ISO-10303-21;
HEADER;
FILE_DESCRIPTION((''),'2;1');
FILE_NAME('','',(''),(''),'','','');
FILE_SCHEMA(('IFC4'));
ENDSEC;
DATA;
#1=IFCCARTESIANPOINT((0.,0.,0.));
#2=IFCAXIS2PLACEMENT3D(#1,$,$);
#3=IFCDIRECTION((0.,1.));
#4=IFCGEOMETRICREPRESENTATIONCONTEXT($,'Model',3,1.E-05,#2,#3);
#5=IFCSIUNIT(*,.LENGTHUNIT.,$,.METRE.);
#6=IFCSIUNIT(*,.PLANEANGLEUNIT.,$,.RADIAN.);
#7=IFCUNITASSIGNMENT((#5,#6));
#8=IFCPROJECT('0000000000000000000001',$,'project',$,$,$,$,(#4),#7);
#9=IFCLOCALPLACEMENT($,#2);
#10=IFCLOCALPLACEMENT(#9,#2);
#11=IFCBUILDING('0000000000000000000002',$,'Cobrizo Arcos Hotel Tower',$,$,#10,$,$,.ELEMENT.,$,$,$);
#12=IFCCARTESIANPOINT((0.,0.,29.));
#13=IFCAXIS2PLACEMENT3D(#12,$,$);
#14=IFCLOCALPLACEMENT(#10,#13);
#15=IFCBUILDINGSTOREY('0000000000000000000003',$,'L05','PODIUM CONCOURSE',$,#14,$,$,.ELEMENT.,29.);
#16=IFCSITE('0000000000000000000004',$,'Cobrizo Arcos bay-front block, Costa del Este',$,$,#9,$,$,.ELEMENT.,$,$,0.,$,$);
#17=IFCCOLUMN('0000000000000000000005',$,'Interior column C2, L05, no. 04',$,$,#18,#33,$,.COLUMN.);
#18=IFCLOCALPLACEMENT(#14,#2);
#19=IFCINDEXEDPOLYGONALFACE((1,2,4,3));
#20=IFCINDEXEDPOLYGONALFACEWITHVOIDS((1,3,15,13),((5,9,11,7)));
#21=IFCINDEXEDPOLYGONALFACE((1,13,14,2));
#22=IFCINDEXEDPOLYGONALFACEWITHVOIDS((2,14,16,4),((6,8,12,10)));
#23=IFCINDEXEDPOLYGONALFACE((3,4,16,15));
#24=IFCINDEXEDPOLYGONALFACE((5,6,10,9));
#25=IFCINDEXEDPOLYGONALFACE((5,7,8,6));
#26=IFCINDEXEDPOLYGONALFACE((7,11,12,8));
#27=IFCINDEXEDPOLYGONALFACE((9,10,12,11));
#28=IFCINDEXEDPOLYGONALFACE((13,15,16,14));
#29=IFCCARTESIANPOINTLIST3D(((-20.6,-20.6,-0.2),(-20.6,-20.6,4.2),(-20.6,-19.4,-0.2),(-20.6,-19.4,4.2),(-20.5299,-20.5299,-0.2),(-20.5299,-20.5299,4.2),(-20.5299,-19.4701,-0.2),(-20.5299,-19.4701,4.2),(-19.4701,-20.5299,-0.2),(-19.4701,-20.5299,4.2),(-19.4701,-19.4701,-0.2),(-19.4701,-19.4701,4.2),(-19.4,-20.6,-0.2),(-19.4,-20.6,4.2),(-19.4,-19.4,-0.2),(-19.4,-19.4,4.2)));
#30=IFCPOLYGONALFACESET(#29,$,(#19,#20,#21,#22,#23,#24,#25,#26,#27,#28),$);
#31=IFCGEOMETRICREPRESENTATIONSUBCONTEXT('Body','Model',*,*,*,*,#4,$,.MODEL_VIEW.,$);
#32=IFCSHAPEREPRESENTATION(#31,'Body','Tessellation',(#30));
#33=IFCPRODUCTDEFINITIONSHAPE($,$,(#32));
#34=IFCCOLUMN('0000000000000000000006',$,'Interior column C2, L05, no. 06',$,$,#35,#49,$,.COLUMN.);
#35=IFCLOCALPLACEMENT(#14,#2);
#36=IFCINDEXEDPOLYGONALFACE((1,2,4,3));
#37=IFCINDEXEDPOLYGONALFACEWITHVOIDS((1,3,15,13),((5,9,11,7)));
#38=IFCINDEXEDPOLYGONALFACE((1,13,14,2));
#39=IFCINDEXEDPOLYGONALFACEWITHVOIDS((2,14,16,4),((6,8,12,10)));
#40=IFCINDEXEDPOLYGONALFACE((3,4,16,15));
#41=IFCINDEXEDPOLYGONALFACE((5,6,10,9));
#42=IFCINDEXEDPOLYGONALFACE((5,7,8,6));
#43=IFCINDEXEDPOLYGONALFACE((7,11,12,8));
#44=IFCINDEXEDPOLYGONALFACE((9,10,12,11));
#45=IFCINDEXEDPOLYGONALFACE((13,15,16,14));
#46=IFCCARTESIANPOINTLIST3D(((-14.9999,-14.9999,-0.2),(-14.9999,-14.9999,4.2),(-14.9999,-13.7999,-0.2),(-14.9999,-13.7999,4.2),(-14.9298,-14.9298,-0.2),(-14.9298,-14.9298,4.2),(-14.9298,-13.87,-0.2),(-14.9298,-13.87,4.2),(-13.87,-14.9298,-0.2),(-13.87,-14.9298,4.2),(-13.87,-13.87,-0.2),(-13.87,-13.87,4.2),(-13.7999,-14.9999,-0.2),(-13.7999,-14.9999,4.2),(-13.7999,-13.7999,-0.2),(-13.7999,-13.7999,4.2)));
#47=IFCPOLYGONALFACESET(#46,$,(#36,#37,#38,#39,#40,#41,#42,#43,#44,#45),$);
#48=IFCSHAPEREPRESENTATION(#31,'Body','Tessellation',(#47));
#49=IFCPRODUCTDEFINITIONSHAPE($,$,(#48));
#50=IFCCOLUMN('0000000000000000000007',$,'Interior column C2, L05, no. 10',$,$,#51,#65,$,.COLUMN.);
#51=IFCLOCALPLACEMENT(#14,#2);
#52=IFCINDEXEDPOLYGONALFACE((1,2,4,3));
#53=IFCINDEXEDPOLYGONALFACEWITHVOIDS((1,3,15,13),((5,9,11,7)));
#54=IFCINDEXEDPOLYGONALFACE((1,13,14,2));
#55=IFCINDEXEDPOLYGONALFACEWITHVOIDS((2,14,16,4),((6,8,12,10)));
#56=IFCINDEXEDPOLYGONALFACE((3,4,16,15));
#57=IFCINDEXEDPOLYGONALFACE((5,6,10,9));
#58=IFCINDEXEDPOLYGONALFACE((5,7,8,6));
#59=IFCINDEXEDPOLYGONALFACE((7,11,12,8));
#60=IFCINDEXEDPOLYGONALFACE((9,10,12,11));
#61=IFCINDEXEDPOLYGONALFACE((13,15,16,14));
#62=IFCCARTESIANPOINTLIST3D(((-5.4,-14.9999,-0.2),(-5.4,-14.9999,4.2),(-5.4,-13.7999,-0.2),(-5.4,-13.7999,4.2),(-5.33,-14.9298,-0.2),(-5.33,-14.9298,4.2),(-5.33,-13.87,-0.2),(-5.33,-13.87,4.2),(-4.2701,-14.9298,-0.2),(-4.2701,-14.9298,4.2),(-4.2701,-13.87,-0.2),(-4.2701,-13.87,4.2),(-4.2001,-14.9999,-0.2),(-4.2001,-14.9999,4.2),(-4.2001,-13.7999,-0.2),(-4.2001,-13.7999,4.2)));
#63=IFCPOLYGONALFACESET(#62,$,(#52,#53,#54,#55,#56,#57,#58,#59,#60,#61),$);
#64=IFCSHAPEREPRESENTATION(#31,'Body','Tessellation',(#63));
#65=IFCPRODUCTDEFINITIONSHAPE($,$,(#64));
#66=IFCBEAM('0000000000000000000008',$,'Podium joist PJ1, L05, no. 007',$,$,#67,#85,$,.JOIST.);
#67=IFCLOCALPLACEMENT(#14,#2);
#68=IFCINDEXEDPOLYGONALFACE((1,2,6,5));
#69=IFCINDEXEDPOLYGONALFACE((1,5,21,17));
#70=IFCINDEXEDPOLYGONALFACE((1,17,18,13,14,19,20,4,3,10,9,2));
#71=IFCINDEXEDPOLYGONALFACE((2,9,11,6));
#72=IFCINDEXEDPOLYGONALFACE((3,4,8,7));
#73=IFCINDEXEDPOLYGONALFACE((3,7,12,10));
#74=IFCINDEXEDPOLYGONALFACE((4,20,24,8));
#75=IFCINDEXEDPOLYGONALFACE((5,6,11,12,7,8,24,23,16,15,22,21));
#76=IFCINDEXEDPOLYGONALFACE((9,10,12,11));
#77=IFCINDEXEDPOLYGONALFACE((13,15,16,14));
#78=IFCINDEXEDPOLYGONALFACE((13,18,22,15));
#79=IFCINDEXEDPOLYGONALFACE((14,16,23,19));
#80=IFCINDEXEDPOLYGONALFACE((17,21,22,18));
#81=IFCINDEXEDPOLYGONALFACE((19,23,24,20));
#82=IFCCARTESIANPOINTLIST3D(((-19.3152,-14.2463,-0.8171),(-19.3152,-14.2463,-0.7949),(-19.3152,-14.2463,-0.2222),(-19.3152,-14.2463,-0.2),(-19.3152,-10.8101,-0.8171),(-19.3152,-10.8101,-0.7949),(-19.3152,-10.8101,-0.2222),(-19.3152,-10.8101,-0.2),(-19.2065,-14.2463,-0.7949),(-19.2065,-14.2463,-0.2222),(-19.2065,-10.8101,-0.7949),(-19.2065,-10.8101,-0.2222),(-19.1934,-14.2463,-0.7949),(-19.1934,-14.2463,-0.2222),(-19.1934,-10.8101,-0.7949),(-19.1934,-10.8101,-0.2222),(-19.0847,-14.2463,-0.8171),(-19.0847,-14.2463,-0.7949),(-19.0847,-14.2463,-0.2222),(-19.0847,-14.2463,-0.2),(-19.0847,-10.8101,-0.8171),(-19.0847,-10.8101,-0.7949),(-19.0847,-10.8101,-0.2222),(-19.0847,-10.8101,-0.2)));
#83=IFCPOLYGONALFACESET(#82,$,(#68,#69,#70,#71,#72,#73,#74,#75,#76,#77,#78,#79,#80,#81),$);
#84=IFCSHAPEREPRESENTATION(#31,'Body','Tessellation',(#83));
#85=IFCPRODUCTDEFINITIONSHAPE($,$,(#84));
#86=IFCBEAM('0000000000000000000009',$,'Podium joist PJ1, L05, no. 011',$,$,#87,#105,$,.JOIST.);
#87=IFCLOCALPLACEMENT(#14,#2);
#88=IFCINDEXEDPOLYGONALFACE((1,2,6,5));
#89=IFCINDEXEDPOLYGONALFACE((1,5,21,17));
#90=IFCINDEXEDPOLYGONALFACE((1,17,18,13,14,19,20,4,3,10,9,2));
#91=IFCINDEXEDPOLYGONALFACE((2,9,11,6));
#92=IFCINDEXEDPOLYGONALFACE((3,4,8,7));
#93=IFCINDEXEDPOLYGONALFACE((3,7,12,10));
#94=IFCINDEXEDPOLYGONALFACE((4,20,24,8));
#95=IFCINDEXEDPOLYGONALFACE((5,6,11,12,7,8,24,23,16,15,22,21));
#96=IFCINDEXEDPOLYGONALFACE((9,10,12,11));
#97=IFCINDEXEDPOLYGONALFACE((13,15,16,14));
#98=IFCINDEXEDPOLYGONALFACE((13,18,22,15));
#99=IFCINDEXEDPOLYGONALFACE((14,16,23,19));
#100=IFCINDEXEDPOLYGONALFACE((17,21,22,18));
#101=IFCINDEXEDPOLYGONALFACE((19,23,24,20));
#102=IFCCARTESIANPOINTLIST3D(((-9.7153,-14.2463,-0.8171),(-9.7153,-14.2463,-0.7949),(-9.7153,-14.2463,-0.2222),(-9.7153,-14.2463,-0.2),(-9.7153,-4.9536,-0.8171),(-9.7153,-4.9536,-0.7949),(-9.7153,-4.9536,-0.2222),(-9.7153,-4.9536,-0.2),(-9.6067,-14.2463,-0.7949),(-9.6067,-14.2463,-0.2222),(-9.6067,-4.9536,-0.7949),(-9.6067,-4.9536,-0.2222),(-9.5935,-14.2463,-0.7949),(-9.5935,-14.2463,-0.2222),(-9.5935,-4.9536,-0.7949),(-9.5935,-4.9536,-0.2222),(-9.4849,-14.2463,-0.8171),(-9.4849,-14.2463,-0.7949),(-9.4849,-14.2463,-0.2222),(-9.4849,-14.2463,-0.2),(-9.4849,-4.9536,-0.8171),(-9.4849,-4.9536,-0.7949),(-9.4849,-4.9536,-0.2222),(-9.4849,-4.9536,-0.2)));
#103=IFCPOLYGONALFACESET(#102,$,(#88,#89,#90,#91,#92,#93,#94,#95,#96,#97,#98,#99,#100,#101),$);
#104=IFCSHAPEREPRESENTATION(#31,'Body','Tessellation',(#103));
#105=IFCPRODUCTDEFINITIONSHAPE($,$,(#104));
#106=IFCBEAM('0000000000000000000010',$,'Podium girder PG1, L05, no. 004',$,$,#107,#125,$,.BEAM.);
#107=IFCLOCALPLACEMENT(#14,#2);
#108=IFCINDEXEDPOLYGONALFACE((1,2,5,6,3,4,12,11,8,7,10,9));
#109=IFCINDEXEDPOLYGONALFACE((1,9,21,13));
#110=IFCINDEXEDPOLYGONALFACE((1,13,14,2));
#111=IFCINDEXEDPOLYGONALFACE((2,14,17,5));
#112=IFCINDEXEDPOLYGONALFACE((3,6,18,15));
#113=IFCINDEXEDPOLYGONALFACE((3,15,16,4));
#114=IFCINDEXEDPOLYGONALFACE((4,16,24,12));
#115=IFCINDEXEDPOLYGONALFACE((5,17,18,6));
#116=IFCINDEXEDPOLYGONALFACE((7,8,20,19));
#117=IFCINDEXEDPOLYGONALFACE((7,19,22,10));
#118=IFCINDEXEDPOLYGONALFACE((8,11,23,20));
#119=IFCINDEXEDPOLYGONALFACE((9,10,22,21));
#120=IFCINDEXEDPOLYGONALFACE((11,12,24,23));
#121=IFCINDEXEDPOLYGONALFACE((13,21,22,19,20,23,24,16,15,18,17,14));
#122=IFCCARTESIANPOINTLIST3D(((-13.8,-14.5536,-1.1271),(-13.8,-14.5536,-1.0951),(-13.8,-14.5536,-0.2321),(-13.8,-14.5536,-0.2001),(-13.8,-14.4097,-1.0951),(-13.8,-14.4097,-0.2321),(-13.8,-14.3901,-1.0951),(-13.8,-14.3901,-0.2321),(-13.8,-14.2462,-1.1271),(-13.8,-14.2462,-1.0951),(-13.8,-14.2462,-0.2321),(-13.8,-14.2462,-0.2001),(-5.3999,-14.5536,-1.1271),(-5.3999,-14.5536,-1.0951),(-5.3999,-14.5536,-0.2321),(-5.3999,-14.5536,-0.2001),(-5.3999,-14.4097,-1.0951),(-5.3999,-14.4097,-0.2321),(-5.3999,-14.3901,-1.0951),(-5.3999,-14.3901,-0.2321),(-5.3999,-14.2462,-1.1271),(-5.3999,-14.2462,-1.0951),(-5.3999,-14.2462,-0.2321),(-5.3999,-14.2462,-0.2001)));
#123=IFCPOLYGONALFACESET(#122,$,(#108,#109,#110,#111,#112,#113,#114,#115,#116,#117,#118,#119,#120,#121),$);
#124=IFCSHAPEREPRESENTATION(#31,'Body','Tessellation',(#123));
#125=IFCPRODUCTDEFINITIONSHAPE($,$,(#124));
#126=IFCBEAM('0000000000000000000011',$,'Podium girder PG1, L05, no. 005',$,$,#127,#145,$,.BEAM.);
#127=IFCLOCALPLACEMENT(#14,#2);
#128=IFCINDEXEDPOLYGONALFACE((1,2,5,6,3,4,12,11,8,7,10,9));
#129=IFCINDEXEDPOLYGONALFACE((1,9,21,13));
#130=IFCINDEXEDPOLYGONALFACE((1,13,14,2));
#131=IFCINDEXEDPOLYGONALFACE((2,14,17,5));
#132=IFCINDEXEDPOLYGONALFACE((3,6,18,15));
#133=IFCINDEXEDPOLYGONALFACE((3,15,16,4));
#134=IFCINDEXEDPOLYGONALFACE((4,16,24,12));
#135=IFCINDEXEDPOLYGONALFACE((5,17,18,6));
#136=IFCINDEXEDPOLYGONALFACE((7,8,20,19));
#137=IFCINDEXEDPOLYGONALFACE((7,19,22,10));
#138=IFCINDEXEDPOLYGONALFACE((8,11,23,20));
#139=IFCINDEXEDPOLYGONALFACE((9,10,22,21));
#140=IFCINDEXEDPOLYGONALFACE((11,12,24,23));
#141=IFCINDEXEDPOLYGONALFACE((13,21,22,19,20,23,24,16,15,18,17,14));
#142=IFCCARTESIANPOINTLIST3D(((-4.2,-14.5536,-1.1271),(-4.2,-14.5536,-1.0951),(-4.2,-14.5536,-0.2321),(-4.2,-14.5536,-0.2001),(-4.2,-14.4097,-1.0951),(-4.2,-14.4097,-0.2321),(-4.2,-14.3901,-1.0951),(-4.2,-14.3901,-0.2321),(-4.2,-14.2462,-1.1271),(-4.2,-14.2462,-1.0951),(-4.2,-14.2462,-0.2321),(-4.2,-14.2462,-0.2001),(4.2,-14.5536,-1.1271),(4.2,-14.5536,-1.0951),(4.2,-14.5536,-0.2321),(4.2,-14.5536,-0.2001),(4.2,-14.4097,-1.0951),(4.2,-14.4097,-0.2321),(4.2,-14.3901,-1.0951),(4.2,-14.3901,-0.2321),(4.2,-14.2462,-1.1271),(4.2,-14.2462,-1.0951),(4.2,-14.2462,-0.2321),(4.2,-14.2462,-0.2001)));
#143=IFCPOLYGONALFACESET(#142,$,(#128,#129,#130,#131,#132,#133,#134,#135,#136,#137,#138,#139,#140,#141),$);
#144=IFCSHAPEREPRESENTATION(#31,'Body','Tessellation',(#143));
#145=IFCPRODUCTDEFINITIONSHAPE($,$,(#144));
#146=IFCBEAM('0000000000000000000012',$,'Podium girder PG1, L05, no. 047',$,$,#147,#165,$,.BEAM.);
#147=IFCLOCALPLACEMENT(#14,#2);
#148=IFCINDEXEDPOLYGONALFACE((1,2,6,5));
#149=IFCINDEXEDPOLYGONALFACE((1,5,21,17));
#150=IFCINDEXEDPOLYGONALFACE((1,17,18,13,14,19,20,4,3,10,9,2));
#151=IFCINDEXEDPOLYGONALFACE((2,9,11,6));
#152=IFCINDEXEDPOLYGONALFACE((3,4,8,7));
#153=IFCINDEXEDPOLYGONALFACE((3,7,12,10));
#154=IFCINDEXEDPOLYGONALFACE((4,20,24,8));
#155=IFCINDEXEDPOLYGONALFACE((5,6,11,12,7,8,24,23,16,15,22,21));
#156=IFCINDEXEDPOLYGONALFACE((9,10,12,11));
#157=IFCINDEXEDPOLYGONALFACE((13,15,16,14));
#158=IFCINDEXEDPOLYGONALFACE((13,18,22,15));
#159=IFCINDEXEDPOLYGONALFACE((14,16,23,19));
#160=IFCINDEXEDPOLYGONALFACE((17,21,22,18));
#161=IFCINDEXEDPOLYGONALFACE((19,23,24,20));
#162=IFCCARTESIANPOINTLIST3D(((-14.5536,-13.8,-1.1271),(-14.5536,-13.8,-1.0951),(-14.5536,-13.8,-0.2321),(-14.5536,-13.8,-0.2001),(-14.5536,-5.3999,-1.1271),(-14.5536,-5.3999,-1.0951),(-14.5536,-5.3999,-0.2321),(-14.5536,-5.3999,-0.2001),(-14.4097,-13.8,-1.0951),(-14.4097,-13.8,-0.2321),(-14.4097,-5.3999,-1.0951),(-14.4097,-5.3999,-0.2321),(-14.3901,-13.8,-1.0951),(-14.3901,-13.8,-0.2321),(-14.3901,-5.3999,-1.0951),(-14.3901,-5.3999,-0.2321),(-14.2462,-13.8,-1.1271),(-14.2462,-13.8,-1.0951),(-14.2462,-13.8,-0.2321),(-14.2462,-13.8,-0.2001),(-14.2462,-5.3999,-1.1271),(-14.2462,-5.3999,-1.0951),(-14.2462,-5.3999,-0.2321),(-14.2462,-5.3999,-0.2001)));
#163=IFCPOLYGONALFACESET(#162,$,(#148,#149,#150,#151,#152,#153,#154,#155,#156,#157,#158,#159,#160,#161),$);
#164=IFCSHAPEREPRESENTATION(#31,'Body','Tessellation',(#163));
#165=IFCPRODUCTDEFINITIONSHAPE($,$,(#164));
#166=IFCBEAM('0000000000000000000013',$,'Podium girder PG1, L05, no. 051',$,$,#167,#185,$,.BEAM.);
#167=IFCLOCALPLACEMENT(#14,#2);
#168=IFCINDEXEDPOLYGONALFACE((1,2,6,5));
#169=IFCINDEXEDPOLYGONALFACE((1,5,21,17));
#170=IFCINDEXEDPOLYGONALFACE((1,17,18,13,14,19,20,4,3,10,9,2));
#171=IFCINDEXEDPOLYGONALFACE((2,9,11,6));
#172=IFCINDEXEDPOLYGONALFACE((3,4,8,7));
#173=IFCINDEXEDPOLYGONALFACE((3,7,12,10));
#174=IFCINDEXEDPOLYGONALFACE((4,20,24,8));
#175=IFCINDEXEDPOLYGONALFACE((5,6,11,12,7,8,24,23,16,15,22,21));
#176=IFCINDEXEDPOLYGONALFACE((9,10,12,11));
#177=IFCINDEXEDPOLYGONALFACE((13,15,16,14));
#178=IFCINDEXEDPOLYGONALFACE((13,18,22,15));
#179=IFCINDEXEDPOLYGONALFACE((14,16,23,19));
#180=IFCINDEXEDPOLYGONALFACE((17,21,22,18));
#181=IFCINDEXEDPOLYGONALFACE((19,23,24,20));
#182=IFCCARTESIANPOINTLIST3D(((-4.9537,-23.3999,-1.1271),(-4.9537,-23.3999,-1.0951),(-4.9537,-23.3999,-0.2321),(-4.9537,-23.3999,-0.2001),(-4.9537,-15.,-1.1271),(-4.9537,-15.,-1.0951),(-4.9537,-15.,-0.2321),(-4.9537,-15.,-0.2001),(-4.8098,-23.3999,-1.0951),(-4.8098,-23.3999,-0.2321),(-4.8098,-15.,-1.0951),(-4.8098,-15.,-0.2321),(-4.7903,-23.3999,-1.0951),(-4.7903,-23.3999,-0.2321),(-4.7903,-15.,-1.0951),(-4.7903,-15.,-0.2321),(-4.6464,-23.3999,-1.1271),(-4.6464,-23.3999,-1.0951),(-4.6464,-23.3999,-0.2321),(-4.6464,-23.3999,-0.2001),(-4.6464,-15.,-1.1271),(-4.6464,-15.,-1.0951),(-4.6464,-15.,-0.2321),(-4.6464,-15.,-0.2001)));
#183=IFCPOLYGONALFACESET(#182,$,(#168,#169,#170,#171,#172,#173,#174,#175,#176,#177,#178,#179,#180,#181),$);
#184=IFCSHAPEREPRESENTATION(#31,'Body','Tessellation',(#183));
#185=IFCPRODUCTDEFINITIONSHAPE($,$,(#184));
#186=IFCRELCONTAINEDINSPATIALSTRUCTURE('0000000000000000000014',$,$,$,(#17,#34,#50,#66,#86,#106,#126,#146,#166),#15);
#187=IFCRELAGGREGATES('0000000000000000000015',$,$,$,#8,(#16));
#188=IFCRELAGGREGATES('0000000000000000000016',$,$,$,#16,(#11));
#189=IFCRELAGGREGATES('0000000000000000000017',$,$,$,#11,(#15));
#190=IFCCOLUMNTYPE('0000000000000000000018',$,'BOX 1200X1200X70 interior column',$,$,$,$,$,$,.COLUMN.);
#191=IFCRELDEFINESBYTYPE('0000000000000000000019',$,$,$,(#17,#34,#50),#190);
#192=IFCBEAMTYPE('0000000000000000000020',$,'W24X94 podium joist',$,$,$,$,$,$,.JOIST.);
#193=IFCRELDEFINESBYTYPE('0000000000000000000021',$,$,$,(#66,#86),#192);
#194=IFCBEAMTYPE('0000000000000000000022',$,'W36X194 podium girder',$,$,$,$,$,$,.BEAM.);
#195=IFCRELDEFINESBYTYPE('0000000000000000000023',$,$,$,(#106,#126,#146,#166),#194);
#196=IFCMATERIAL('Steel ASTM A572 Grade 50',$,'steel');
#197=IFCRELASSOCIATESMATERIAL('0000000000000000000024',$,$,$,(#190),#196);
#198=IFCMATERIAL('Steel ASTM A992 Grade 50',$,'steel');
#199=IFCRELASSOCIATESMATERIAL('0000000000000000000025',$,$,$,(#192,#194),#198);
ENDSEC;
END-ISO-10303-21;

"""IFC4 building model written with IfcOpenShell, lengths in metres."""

from ifc_helpers import new_model, si_unit, direction, frame, origin, origin_2d, place, context, subcontext, project, spatial, hollow_rectangle, i_section, extrude, material, material_profile, profile_set, type_object, element, save


model = new_model("IFC4")

# Units and contexts
model_context = context("Model", 3, precision=1e-05, world=origin(), true_north=direction((0.0, 1.0)))
body_context = subcontext(model_context, "Body", "Model", "MODEL_VIEW")
ifc_project = project(units=[si_unit("LENGTHUNIT", "METRE"), si_unit("PLANEANGLEUNIT", "RADIAN")], contexts=[model_context])

# Site, building, storey
site_placement = place(None, origin())
site = spatial("IfcSite", under=ifc_project, at=site_placement, Name="Cobrizo Arcos bay-front block, Costa del Este", CompositionType="ELEMENT", RefElevation=0.0)
building_placement = place(site_placement, origin())
building = spatial("IfcBuilding", under=site, at=building_placement, Name="Cobrizo Arcos Hotel Tower", CompositionType="ELEMENT")
storey_placement = place(building_placement, frame((0.0, 0.0, 29.0)))
storey = spatial("IfcBuildingStorey", under=building, at=storey_placement, Name="L05", Description="PODIUM CONCOURSE", CompositionType="ELEMENT", Elevation=29.0)

# Columns
ifc_material_1 = material(Name="Steel ASTM A572 Grade 50", Category="steel")
ifc_material_profile_1 = material_profile(ifc_material_1, hollow_rectangle(XDim=1.2, YDim=1.2, WallThickness=0.0701, at=origin_2d()), Name="BOX 1200X1200X70")
ifc_profile_set_1 = profile_set([ifc_material_profile_1], Name="Steel ASTM A572 Grade 50")
column_type = type_object("IfcColumnType", Name="BOX 1200X1200X70 interior column", PredefinedType="COLUMN", material=ifc_profile_set_1)
for number, where, z_axis, x_axis, name in (
    (1, (-20.0, -20.0, -0.2), (0.0, 0.0, 1.0), (1.0, 0.0, 0.0), "Interior column C2, L05, no. 04"),
    (2, (-14.3999, -14.3999, -0.2), (0.0, 0.0, 1.0), (1.0, 0.0, 0.0), "Interior column C2, L05, no. 06"),
    (3, (-4.8, -14.3999, -0.2), (0.0, 0.0, 1.0), (1.0, 0.0, 0.0), "Interior column C2, L05, no. 10"),
):
    element("IfcColumn", number, at=place(storey_placement, frame(where, z_axis=z_axis, x_axis=x_axis)), inside=storey, type_object=column_type, Name=name, PredefinedType="COLUMN", context=body_context, shape_type="SweptSolid", body=[
        extrude(hollow_rectangle(XDim=1.2, YDim=1.2, WallThickness=0.0701, at=origin_2d()), origin(), (0.0, 0.0, 1.0), 4.3999),
    ])

# Beams
ifc_material_2 = material(Name="Steel ASTM A992 Grade 50", Category="steel")
ifc_material_profile_2 = material_profile(ifc_material_2, i_section(OverallWidth=0.2305, OverallDepth=0.6172, WebThickness=0.0132, FlangeThickness=0.0222, at=origin_2d()), Name="W24X94")
ifc_profile_set_2 = profile_set([ifc_material_profile_2], Name="Steel ASTM A992 Grade 50")
beam_type_1 = type_object("IfcBeamType", Name="W24X94 podium joist", PredefinedType="JOIST", material=ifc_profile_set_2)
beam_1_placement = place(storey_placement, frame((-19.2, -14.2463, -0.5085), z_axis=(0.0, 1.0, 0.0), x_axis=(-1.0, 0.0, 0.0)))
element("IfcBeam", 4, at=beam_1_placement, inside=storey, type_object=beam_type_1, Name="Podium joist PJ1, L05, no. 007", PredefinedType="JOIST", context=body_context, shape_type="SweptSolid", body=[
    extrude(i_section(OverallWidth=0.2305, OverallDepth=0.6172, WebThickness=0.0132, FlangeThickness=0.0222, at=origin_2d()), origin(), (0.0, 0.0, 1.0), 3.4363),
])
beam_2_placement = place(storey_placement, frame((-9.6001, -14.2463, -0.5085), z_axis=(0.0, 1.0, 0.0), x_axis=(-1.0, 0.0, 0.0)))
element("IfcBeam", 5, at=beam_2_placement, inside=storey, type_object=beam_type_1, Name="Podium joist PJ1, L05, no. 011", PredefinedType="JOIST", context=body_context, shape_type="SweptSolid", body=[
    extrude(i_section(OverallWidth=0.2305, OverallDepth=0.6172, WebThickness=0.0132, FlangeThickness=0.0222, at=origin_2d()), origin(), (0.0, 0.0, 1.0), 9.2927),
])
ifc_material_profile_3 = material_profile(ifc_material_2, i_section(OverallWidth=0.3074, OverallDepth=0.927, WebThickness=0.0195, FlangeThickness=0.032, at=origin_2d()), Name="W36X194")
ifc_profile_set_3 = profile_set([ifc_material_profile_3], Name="Steel ASTM A992 Grade 50")
beam_type_2 = type_object("IfcBeamType", Name="W36X194 podium girder", PredefinedType="BEAM", material=ifc_profile_set_3)
beam_3_placement = place(storey_placement, frame((-13.8, -14.3999, -0.6636), z_axis=(1.0, 0.0, 0.0), x_axis=(0.0, 1.0, 0.0)))
element("IfcBeam", 6, at=beam_3_placement, inside=storey, type_object=beam_type_2, Name="Podium girder PG1, L05, no. 004", PredefinedType="BEAM", context=body_context, shape_type="SweptSolid", body=[
    extrude(i_section(OverallWidth=0.3074, OverallDepth=0.927, WebThickness=0.0195, FlangeThickness=0.032, at=origin_2d()), origin(), (0.0, 0.0, 1.0), 8.4001),
])
beam_4_placement = place(storey_placement, frame((-4.2, -14.3999, -0.6636), z_axis=(1.0, 0.0, 0.0), x_axis=(0.0, 1.0, 0.0)))
element("IfcBeam", 7, at=beam_4_placement, inside=storey, type_object=beam_type_2, Name="Podium girder PG1, L05, no. 005", PredefinedType="BEAM", context=body_context, shape_type="SweptSolid", body=[
    extrude(i_section(OverallWidth=0.3074, OverallDepth=0.927, WebThickness=0.0195, FlangeThickness=0.032, at=origin_2d()), origin(), (0.0, 0.0, 1.0), 8.3999),
])
beam_5_placement = place(storey_placement, frame((-14.3999, -13.8, -0.6636), z_axis=(0.0, 1.0, 0.0), x_axis=(-1.0, 0.0, 0.0)))
element("IfcBeam", 8, at=beam_5_placement, inside=storey, type_object=beam_type_2, Name="Podium girder PG1, L05, no. 047", PredefinedType="BEAM", context=body_context, shape_type="SweptSolid", body=[
    extrude(i_section(OverallWidth=0.3074, OverallDepth=0.927, WebThickness=0.0195, FlangeThickness=0.032, at=origin_2d()), origin(), (0.0, 0.0, 1.0), 8.4001),
])
beam_6_placement = place(storey_placement, frame((-4.8, -23.3999, -0.6636), z_axis=(0.0, 1.0, 0.0), x_axis=(-1.0, 0.0, 0.0)))
element("IfcBeam", 9, at=beam_6_placement, inside=storey, type_object=beam_type_2, Name="Podium girder PG1, L05, no. 051", PredefinedType="BEAM", context=body_context, shape_type="SweptSolid", body=[
    extrude(i_section(OverallWidth=0.3074, OverallDepth=0.927, WebThickness=0.0195, FlangeThickness=0.032, at=origin_2d()), origin(), (0.0, 0.0, 1.0), 8.3999),
])

save(model, "model.ifc")
